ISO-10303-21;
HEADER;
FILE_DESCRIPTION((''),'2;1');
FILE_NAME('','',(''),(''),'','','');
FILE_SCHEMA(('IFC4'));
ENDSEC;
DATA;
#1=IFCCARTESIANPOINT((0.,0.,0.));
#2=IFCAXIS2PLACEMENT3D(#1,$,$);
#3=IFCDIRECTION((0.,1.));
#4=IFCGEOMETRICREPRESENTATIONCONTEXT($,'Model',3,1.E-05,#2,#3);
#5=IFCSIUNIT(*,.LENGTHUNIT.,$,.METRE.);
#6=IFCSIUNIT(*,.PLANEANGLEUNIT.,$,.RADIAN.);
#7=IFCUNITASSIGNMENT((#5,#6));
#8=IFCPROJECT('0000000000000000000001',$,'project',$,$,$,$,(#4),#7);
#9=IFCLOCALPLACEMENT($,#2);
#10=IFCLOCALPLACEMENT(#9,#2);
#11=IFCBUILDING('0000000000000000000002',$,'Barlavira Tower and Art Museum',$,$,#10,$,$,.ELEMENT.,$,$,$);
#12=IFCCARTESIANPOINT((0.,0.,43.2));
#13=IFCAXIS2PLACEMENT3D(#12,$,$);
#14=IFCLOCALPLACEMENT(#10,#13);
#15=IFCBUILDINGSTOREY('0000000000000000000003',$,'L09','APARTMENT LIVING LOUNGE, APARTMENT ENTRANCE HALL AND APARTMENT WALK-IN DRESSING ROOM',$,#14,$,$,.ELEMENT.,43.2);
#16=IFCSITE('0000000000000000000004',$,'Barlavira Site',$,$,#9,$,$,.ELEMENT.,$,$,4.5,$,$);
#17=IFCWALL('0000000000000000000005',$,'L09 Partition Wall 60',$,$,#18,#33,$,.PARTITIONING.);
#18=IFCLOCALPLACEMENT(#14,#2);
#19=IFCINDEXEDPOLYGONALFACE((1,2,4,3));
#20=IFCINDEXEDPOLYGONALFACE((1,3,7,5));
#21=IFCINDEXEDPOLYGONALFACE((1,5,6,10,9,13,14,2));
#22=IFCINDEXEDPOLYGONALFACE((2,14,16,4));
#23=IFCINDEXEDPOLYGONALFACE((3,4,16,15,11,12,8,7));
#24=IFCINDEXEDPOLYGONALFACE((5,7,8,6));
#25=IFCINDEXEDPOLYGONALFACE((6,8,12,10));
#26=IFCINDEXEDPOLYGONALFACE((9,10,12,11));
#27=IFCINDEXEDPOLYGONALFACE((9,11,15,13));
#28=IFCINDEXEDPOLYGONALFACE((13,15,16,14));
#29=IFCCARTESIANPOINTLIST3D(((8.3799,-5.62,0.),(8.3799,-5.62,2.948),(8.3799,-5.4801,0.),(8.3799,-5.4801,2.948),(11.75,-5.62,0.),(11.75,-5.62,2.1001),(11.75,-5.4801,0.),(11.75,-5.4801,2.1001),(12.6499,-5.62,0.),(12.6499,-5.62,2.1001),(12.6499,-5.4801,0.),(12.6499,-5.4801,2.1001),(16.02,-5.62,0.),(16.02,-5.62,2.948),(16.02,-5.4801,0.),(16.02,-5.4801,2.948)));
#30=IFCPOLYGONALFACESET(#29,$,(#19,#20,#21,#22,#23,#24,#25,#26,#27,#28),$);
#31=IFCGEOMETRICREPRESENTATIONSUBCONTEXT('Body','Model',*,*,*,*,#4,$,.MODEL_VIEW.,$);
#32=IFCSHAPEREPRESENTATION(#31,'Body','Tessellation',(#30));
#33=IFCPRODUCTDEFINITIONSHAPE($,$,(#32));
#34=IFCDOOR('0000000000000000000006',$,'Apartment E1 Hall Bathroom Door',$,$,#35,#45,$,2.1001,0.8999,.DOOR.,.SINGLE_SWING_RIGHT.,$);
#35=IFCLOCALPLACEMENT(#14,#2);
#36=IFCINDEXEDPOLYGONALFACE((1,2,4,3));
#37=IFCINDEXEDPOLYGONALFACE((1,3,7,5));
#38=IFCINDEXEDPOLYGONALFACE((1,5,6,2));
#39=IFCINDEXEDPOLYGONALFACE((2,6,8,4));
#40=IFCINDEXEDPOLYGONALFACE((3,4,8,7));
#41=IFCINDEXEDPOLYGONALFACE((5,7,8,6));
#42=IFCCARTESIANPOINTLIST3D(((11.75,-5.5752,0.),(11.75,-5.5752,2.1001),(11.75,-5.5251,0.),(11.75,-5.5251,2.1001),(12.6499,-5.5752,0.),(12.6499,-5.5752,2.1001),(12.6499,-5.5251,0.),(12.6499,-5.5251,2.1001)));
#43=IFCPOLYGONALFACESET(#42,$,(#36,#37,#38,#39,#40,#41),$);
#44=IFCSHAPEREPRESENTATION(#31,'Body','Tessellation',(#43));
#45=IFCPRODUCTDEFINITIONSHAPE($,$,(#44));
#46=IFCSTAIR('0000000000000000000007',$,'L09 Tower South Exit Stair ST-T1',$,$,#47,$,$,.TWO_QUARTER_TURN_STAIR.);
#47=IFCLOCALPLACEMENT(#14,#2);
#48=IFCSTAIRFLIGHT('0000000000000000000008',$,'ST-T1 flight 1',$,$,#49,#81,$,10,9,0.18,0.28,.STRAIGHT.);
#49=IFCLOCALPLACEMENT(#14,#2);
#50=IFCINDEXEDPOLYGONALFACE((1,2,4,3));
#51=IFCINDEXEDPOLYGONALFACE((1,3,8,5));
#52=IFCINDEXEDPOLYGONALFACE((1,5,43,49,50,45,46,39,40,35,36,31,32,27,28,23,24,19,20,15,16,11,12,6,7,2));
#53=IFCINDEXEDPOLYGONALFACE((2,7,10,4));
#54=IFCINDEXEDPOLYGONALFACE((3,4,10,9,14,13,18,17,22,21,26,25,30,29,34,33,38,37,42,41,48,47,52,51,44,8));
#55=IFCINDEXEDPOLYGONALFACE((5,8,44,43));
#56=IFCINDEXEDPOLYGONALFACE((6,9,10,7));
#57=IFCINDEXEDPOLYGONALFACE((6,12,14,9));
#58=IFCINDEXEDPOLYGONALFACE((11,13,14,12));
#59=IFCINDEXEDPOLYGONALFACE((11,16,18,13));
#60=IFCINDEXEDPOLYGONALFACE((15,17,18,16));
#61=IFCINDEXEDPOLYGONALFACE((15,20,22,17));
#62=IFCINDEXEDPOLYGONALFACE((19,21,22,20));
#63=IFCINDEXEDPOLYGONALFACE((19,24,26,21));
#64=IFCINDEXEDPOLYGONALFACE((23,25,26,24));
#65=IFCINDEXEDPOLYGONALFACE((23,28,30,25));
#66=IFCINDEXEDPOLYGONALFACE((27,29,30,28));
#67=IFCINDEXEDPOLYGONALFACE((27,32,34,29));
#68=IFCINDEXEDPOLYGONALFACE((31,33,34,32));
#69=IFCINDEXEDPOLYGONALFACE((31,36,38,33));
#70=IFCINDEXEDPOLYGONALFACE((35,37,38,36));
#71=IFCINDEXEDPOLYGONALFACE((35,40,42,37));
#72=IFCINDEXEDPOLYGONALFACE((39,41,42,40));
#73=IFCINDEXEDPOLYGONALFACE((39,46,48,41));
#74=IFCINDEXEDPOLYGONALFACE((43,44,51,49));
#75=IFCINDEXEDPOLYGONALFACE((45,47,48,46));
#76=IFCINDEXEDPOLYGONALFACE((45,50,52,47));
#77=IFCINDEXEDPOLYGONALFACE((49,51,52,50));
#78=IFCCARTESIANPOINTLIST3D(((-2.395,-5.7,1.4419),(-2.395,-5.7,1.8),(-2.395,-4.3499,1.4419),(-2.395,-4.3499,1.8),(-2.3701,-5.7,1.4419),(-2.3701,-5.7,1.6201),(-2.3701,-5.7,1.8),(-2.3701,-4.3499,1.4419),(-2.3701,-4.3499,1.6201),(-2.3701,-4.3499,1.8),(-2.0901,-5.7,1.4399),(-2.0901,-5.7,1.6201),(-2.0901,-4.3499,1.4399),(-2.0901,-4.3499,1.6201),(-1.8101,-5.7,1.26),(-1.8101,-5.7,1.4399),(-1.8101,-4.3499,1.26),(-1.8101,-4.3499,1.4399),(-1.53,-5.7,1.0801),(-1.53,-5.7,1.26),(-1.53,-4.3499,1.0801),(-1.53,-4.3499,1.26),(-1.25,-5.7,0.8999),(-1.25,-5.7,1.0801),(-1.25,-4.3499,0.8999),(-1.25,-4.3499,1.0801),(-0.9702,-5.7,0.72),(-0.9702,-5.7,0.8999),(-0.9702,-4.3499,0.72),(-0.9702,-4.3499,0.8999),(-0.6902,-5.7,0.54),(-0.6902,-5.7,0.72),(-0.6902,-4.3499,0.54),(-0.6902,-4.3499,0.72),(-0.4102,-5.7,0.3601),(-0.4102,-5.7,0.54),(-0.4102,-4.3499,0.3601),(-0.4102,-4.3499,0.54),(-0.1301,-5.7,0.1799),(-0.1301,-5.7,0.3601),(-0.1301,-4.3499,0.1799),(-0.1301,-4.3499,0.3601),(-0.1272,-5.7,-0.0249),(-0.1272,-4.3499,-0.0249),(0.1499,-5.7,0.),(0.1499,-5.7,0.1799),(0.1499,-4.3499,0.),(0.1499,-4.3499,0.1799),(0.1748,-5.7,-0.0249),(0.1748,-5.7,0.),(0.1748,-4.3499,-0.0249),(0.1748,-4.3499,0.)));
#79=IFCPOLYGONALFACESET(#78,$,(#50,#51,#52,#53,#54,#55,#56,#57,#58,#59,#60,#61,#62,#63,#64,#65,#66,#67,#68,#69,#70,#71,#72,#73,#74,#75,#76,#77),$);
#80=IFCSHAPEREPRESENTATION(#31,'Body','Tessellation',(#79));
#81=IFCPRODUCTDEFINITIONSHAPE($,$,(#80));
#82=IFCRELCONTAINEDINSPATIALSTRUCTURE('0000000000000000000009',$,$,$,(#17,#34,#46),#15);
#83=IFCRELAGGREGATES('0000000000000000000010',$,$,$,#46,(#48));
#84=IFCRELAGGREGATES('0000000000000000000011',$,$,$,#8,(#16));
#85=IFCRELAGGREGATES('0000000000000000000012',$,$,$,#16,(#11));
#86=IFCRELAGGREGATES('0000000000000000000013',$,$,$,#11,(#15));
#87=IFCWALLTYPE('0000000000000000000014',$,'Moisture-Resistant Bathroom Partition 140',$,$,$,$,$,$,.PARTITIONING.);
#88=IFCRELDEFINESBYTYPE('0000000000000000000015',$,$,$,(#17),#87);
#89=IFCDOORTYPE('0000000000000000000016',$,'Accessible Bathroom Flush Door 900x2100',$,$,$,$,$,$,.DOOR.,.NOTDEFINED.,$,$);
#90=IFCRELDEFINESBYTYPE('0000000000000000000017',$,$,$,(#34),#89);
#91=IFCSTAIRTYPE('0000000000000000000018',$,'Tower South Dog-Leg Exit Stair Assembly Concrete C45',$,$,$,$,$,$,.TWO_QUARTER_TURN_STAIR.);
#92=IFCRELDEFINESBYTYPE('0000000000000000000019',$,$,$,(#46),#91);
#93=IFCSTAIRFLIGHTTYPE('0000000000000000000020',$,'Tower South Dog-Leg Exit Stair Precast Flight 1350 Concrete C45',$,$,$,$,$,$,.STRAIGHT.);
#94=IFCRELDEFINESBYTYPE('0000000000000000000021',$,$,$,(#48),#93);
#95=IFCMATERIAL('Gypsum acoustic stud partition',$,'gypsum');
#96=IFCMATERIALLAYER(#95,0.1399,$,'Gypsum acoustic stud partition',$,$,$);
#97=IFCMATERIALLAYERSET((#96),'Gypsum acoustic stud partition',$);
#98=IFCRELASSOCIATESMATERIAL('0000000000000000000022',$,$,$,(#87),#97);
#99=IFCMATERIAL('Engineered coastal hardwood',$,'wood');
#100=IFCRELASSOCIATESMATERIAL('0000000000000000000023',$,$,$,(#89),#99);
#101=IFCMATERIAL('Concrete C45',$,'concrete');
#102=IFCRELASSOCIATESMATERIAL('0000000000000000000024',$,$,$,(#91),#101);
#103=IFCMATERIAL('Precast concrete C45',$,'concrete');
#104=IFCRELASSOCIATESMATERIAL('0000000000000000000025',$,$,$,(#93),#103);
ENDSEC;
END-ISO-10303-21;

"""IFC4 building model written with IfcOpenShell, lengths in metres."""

from ifc_helpers import new_model, si_unit, direction, frame, frame_2d, origin, place, context, subcontext, project, spatial, polyline, rectangle, outline, extrude, material, layer, layer_set, type_object, element, fill, aggregate, save


model = new_model("IFC4")

# Units and contexts
model_context = context("Model", 3, precision=1e-05, world=origin(), true_north=direction((0.0, 1.0)))
body_context = subcontext(model_context, "Body", "Model", "MODEL_VIEW")
ifc_project = project(units=[si_unit("LENGTHUNIT", "METRE"), si_unit("PLANEANGLEUNIT", "RADIAN")], contexts=[model_context])

# Site, building, storey
site_placement = place(None, origin())
site = spatial("IfcSite", under=ifc_project, at=site_placement, Name="Barlavira Site", CompositionType="ELEMENT", RefElevation=4.5)
building_placement = place(site_placement, origin())
building = spatial("IfcBuilding", under=site, at=building_placement, Name="Barlavira Tower and Art Museum", CompositionType="ELEMENT")
storey_placement = place(building_placement, frame((0.0, 0.0, 43.2)))
storey = spatial("IfcBuildingStorey", under=building, at=storey_placement, Name="L09", Description="APARTMENT LIVING LOUNGE, APARTMENT ENTRANCE HALL AND APARTMENT WALK-IN DRESSING ROOM", CompositionType="ELEMENT", Elevation=43.2)

# Shared definitions
ifc_material_1 = material(Name="Gypsum acoustic stud partition", Category="gypsum")
ifc_material_2 = material(Name="Engineered coastal hardwood", Category="wood")

# Wall, opening, door
ifc_layer_1 = layer(ifc_material_1, 0.1399, Name="Gypsum acoustic stud partition")
ifc_layer_set_1 = layer_set([ifc_layer_1], Name="Gypsum acoustic stud partition")
wall_type_1 = type_object("IfcWallType", Name="Moisture-Resistant Bathroom Partition 140", PredefinedType="PARTITIONING", material=ifc_layer_set_1)
wall_1_placement = place(storey_placement, frame((8.3799, -5.55, 0.0), z_axis=(0.0, 0.0, 1.0), x_axis=(1.0, 0.0, 0.0)))
wall_1 = element("IfcWall", 1, at=wall_1_placement, inside=storey, type_object=wall_type_1, Name="L09 Partition Wall 60", PredefinedType="PARTITIONING", context=body_context, shape_type="SweptSolid", body=[
    extrude(rectangle(XDim=7.6401, YDim=0.1399, at=frame_2d((3.8201, 0.0))), origin(), (0.0, 0.0, 1.0), 2.948),
])
opening_1_placement = place(wall_1_placement, frame((3.3701, 0.0, 0.0)))
opening_1 = element("IfcOpeningElement", 2, at=opening_1_placement, cuts=wall_1, PredefinedType="OPENING", context=body_context, shape_type="SweptSolid", body=[
    extrude(rectangle(XDim=0.8999, YDim=2.1001, at=frame_2d((0.45, 1.05))), frame((0.0, 0.0801, 0.0), z_axis=(0.0, -1.0, 0.0), x_axis=(1.0, 0.0, 0.0)), (0.0, 0.0, 1.0), 0.1599),
])
door_type_1 = type_object("IfcDoorType", Name="Accessible Bathroom Flush Door 900x2100", OperationType="NOTDEFINED", PredefinedType="DOOR", material=ifc_material_2)
door_1_placement = place(opening_1_placement, origin())
door_1 = element("IfcDoor", 3, at=door_1_placement, inside=storey, type_object=door_type_1, Name="Apartment E1 Hall Bathroom Door", OperationType="SINGLE_SWING_RIGHT", OverallHeight=2.1001, OverallWidth=0.8999, PredefinedType="DOOR", context=body_context, shape_type="SweptSolid", body=[
    extrude(rectangle(XDim=0.8999, YDim=2.1001, at=frame_2d((0.45, 1.05))), frame((0.0, 0.0249, 0.0), z_axis=(0.0, -1.0, 0.0), x_axis=(1.0, 0.0, 0.0)), (0.0, 0.0, 1.0), 0.05),
])
fill(opening_1, door_1)

# Stair, stair flight
ifc_material_3 = material(Name="Concrete C45", Category="concrete")
stair_type = type_object("IfcStairType", Name="Tower South Dog-Leg Exit Stair Assembly Concrete C45", PredefinedType="TWO_QUARTER_TURN_STAIR", material=ifc_material_3)
stair_placement = place(storey_placement, origin())
stair = element("IfcStair", 4, at=stair_placement, inside=storey, type_object=stair_type, Name="L09 Tower South Exit Stair ST-T1", PredefinedType="TWO_QUARTER_TURN_STAIR")
ifc_material_4 = material(Name="Precast concrete C45", Category="concrete")
stair_flight_type = type_object("IfcStairFlightType", Name="Tower South Dog-Leg Exit Stair Precast Flight 1350 Concrete C45", PredefinedType="STRAIGHT", material=ifc_material_4)
stair_flight_placement = place(storey_placement, frame((0.1499, -5.0249, 0.0), z_axis=(0.0, 0.0, 1.0), x_axis=(-1.0, 0.0, 0.0)))
stair_flight = element("IfcStairFlight", 5, at=stair_flight_placement, type_object=stair_flight_type, Name="ST-T1 flight 1", NumberOfRisers=10, NumberOfTreads=9, PredefinedType="STRAIGHT", RiserHeight=0.18, TreadLength=0.28, context=body_context, shape_type="SweptSolid", body=[
    extrude(outline(polyline([(-0.0249, 0.0), (0.0, 0.0), (0.0, 0.1799), (0.28, 0.1799), (0.28, 0.3601), (0.5601, 0.3601), (0.5601, 0.54), (0.8401, 0.54), (0.8401, 0.72), (1.1201, 0.72), (1.1201, 0.8999), (1.3999, 0.8999), (1.3999, 1.0801), (1.6799, 1.0801), (1.6799, 1.26), (1.96, 1.26), (1.96, 1.4399), (2.24, 1.4399), (2.24, 1.6201), (2.52, 1.6201), (2.52, 1.8), (2.5449, 1.8), (2.5449, 1.4419), (2.52, 1.4419), (0.2771, -0.0249), (-0.0249, -0.0249), (-0.0249, 0.0)])), frame((0.0, 0.675, 0.0), z_axis=(0.0, -1.0, 0.0), x_axis=(1.0, 0.0, 0.0)), (0.0, 0.0, 1.0), 1.3501),
])
aggregate(stair, [stair_flight])

save(model, "model.ifc")
